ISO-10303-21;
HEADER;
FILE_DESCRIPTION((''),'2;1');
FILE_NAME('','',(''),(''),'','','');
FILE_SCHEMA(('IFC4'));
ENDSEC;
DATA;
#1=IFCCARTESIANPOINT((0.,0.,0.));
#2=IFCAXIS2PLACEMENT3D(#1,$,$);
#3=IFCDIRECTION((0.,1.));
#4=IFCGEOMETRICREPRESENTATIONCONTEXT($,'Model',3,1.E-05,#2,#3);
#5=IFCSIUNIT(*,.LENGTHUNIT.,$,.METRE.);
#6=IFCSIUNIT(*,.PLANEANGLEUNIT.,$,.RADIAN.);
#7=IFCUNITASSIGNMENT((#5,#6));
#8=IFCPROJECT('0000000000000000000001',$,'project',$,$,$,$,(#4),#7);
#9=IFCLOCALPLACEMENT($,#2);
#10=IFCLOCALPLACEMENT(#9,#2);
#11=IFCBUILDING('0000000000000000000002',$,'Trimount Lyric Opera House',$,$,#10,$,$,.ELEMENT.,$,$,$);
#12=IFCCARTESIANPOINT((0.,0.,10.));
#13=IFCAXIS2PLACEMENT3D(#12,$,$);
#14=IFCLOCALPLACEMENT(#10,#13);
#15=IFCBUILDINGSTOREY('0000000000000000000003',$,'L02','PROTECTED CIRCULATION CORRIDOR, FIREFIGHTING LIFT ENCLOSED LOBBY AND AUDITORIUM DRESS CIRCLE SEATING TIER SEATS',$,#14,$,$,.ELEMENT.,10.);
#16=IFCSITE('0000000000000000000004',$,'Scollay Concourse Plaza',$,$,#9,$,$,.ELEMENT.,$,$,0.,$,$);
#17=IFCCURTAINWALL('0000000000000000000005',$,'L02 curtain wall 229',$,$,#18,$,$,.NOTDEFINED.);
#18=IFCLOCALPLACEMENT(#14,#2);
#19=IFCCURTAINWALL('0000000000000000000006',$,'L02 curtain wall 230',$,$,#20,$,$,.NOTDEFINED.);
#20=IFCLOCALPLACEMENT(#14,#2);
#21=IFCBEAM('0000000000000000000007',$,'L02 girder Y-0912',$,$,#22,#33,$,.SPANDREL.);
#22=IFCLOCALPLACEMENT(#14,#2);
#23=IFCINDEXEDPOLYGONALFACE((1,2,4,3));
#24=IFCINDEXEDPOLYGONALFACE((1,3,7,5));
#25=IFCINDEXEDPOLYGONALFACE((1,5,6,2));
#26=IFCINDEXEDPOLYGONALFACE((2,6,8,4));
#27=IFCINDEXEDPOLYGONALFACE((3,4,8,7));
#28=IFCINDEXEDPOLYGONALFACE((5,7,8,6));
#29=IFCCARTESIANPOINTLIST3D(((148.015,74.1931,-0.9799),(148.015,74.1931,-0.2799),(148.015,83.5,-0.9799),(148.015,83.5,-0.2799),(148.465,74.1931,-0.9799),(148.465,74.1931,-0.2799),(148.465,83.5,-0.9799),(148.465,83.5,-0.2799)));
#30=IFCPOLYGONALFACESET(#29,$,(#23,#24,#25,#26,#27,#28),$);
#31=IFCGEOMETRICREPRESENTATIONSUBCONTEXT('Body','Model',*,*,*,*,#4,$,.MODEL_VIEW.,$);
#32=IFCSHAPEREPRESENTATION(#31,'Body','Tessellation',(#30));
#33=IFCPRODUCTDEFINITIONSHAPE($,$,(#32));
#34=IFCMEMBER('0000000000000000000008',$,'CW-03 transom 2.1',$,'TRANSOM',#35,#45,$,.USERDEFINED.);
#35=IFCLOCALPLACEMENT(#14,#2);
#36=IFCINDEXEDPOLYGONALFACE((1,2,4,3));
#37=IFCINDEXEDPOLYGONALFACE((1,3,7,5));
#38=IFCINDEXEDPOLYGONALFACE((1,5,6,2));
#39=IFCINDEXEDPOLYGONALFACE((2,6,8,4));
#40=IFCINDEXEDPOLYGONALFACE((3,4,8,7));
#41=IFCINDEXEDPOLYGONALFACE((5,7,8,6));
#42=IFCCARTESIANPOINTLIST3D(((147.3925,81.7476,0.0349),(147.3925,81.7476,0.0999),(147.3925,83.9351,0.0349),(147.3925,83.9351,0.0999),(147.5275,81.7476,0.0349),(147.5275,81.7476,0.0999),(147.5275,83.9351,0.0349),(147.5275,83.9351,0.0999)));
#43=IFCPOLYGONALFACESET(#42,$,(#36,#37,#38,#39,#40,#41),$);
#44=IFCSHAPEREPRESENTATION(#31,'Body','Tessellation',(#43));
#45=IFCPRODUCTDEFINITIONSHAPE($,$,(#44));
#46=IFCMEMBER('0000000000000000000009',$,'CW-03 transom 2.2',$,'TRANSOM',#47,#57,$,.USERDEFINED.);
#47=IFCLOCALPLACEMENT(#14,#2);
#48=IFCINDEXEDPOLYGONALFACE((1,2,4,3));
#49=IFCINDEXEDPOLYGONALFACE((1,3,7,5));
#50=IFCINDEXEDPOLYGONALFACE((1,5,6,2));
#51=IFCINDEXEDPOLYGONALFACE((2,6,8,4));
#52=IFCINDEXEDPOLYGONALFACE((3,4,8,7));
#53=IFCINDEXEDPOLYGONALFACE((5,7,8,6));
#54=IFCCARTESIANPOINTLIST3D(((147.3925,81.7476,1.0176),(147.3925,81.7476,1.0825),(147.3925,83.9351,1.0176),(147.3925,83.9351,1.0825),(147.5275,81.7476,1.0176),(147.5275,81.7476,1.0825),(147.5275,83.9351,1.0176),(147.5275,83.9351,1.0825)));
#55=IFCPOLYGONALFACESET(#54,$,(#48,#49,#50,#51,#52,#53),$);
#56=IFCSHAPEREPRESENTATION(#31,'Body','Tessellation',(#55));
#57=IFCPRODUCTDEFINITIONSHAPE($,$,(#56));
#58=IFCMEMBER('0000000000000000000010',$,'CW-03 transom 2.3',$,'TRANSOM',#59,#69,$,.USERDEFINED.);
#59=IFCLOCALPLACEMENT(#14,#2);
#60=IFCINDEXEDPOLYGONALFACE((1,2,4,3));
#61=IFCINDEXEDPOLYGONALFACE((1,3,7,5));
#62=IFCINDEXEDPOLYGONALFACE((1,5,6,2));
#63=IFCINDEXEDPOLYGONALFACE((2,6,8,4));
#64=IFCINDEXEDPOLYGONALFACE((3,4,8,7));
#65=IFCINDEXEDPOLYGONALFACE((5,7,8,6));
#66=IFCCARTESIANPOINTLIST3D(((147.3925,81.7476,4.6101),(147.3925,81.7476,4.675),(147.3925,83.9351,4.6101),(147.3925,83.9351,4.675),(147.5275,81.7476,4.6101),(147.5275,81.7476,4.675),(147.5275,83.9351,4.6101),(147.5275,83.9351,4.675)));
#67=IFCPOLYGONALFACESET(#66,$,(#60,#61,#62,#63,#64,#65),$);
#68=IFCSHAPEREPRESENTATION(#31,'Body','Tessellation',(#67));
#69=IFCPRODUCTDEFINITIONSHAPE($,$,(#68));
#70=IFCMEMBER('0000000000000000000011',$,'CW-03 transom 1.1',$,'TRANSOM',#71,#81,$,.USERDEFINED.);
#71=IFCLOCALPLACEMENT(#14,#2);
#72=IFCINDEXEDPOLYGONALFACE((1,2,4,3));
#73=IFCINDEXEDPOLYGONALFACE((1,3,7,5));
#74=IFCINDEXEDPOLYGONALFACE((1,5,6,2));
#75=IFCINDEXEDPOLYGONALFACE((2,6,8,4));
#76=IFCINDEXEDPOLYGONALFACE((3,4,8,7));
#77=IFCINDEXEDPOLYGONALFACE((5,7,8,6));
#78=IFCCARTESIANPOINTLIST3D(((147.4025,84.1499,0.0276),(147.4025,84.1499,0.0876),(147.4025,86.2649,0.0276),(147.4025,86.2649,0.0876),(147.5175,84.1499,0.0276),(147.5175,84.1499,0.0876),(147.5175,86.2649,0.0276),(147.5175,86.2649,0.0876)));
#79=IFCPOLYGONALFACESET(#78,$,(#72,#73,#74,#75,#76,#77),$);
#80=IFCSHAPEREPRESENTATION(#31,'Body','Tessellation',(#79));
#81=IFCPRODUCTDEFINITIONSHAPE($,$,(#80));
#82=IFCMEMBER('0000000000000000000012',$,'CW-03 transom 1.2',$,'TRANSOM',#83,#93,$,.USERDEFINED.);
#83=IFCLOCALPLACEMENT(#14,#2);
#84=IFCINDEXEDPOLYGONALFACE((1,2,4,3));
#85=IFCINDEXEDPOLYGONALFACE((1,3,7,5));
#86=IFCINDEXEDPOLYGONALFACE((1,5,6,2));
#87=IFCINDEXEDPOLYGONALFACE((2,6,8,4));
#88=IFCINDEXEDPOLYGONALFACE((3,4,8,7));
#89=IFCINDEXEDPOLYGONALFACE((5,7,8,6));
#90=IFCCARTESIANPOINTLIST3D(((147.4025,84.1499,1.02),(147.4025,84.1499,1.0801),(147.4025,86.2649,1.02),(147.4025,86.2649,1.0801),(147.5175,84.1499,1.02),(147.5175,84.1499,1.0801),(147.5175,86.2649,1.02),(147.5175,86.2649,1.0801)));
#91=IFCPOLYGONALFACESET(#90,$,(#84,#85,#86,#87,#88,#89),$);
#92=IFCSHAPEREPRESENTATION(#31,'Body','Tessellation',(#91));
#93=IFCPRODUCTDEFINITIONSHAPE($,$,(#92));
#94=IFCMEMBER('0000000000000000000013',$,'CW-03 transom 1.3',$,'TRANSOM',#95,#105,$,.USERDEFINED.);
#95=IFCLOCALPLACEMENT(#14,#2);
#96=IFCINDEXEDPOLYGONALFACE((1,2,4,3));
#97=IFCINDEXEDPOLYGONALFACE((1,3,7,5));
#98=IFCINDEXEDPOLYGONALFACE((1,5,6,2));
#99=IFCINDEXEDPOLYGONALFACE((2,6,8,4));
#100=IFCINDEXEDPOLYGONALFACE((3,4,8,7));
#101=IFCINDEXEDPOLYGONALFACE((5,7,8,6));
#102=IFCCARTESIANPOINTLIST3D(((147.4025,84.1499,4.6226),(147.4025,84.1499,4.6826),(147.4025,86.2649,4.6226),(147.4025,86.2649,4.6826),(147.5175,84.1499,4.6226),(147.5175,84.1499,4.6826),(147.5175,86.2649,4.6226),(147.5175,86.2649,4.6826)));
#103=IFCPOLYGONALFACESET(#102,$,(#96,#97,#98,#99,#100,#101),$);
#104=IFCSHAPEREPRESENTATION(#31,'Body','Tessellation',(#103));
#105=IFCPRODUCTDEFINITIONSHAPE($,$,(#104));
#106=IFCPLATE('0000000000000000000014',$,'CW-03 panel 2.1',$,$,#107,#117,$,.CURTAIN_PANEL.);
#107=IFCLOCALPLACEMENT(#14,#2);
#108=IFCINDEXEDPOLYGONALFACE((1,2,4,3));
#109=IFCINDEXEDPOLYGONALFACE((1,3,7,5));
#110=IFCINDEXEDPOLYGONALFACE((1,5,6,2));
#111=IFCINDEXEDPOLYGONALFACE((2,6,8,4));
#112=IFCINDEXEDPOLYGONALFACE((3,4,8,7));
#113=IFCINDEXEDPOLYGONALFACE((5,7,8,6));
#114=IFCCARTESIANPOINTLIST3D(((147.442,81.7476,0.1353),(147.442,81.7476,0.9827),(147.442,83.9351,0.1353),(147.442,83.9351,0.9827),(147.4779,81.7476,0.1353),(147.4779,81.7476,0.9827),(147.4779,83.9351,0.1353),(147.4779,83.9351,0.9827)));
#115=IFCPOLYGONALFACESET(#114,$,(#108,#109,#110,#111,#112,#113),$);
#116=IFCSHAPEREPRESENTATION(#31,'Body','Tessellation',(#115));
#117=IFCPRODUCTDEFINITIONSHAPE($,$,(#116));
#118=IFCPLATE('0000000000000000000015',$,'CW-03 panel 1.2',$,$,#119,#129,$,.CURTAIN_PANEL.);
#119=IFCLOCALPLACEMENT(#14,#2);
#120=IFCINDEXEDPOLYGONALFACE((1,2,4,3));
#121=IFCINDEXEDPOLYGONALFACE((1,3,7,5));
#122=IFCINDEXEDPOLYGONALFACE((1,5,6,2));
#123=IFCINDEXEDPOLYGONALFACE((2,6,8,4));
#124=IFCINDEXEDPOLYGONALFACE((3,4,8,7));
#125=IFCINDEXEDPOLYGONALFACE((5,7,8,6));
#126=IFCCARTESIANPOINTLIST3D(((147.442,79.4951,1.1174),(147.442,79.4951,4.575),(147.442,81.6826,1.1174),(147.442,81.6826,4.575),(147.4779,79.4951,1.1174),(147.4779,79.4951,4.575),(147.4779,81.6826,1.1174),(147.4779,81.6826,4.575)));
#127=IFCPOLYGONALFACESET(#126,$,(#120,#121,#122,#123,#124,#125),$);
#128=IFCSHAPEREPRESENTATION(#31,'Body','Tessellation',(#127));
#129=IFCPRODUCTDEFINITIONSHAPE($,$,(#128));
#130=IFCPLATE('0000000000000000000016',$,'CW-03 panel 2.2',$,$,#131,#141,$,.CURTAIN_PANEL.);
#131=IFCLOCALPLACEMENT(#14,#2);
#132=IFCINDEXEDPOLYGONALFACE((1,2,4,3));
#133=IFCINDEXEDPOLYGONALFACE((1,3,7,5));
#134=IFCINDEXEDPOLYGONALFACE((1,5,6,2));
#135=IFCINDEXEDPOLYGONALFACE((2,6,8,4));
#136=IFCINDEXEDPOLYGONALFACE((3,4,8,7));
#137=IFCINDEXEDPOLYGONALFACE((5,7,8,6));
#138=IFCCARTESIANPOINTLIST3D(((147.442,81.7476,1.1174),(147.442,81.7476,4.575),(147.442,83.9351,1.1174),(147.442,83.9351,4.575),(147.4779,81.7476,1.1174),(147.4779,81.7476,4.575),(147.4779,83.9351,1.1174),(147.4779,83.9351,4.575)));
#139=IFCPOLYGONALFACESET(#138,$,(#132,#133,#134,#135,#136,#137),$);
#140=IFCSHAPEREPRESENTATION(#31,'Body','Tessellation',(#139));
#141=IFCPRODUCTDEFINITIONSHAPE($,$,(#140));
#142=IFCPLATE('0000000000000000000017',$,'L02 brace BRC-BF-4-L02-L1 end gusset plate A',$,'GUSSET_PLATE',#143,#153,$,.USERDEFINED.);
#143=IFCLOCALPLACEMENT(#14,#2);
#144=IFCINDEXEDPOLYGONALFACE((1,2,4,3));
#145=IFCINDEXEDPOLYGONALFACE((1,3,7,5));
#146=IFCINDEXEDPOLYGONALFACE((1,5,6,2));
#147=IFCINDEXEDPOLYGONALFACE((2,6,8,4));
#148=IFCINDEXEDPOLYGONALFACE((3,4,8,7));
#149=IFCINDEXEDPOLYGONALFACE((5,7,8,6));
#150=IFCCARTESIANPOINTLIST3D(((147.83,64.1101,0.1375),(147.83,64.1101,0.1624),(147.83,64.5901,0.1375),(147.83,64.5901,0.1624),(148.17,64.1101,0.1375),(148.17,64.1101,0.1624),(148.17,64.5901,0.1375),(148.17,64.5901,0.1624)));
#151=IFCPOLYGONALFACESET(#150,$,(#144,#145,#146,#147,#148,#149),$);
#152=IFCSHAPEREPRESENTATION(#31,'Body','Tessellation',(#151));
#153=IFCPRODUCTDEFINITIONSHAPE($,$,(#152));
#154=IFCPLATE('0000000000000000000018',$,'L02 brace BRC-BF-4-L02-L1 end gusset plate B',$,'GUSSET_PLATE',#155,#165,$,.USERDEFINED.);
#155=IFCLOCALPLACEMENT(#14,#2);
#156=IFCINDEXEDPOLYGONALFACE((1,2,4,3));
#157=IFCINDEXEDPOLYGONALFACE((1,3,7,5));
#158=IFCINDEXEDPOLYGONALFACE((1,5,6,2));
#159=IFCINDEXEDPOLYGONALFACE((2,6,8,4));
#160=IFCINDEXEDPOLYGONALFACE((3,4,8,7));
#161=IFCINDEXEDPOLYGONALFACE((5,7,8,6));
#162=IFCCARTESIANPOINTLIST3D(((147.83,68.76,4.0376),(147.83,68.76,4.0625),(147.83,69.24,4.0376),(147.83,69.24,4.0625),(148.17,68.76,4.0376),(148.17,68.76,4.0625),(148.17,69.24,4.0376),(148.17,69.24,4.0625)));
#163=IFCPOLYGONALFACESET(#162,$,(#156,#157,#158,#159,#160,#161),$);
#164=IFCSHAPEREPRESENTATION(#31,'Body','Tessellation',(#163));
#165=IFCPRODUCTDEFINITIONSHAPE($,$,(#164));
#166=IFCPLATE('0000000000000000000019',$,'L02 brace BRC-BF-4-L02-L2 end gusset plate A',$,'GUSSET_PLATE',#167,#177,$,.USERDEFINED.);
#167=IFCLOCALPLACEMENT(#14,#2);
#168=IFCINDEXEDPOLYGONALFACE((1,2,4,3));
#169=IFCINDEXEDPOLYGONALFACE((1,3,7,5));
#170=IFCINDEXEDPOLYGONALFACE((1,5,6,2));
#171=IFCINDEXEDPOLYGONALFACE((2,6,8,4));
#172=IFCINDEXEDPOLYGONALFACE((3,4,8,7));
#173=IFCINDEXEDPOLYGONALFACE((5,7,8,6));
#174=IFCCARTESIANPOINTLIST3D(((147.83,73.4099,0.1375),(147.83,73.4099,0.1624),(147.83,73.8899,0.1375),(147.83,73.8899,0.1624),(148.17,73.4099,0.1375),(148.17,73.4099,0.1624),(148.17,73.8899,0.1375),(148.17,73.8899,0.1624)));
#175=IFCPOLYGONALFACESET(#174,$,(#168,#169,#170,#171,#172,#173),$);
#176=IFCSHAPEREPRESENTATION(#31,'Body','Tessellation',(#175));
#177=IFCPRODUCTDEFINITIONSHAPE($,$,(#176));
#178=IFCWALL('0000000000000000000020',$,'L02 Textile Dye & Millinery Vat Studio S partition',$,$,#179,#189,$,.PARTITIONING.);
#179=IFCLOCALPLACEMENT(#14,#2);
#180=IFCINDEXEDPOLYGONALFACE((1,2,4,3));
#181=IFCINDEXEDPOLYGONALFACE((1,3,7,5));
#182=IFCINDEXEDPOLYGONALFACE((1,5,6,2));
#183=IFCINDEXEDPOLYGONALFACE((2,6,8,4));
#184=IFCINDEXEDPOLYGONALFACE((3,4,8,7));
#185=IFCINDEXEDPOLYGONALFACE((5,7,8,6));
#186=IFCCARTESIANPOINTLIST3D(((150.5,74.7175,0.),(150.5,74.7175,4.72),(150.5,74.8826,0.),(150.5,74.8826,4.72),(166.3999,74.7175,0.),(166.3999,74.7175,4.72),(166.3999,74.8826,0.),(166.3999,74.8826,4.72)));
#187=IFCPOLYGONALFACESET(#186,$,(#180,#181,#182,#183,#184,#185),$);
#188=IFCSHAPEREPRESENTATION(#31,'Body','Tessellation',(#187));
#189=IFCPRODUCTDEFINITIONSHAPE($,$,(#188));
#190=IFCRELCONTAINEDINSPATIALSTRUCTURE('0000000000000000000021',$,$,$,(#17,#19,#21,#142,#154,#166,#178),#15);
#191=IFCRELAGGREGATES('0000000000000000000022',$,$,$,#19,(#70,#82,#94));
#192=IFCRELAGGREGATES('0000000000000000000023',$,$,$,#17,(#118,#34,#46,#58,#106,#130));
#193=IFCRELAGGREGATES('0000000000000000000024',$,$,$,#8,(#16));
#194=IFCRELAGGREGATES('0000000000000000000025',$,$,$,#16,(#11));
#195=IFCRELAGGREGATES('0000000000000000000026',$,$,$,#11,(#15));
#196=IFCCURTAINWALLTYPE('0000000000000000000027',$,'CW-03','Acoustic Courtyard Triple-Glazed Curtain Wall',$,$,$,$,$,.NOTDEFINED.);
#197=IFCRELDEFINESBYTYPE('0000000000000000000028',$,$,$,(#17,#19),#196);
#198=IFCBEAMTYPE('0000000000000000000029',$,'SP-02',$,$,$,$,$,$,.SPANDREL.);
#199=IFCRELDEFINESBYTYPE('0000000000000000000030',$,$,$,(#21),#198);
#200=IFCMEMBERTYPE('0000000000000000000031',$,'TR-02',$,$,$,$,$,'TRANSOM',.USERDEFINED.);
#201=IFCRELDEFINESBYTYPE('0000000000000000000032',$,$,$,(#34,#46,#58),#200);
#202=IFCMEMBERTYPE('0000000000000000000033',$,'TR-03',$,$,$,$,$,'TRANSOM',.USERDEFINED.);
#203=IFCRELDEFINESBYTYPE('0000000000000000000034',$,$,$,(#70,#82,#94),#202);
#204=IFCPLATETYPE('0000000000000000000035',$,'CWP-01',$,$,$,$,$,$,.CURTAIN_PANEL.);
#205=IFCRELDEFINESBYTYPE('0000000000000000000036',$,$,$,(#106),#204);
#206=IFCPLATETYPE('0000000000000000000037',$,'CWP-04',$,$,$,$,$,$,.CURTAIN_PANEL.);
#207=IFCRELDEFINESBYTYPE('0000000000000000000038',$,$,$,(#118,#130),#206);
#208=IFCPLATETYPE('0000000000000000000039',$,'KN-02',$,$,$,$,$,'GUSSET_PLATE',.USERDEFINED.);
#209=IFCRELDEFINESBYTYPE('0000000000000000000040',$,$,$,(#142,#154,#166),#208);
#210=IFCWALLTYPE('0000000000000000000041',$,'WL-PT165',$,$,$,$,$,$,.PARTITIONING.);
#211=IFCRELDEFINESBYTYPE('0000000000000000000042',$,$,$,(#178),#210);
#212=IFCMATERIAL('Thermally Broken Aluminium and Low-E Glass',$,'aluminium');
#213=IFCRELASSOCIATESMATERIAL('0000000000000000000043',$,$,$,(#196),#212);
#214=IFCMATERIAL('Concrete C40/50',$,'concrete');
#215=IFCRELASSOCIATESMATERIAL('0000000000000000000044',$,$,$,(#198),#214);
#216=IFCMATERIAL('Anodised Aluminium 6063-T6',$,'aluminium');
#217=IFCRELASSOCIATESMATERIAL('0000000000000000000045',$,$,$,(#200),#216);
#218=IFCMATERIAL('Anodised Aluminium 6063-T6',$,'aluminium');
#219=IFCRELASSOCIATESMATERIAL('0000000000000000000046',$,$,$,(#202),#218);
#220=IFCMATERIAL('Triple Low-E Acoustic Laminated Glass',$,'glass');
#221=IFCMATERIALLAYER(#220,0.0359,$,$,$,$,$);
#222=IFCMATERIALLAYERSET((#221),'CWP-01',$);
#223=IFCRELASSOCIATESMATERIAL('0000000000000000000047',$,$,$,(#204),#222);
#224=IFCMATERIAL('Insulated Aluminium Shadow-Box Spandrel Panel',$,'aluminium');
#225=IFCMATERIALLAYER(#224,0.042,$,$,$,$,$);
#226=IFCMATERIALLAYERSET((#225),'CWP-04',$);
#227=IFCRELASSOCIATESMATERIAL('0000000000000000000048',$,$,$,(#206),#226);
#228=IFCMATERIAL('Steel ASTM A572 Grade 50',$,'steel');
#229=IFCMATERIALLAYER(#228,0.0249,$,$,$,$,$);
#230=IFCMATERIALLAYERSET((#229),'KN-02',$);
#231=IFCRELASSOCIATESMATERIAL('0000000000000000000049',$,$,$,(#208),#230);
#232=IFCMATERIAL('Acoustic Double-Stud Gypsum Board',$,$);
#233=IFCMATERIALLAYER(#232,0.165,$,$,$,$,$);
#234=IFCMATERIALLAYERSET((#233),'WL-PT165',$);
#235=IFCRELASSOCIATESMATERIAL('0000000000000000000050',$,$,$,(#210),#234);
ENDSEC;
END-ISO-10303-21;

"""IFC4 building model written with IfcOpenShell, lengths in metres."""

from ifc_helpers import new_model, si_unit, direction, frame, frame_2d, origin, origin_2d, place, context, subcontext, project, spatial, rectangle, extrude, material, layer, layer_set, material_profile, profile_set, type_object, element, aggregate, save


model = new_model("IFC4")

# Units and contexts
model_context = context("Model", 3, precision=1e-05, world=origin(), true_north=direction((0.0, 1.0)))
body_context = subcontext(model_context, "Body", "Model", "MODEL_VIEW")
ifc_project = project(units=[si_unit("LENGTHUNIT", "METRE"), si_unit("PLANEANGLEUNIT", "RADIAN")], contexts=[model_context])

# Site, building, storey
site_placement = place(None, origin())
site = spatial("IfcSite", under=ifc_project, at=site_placement, Name="Scollay Concourse Plaza", CompositionType="ELEMENT", RefElevation=0.0)
building_placement = place(site_placement, origin())
building = spatial("IfcBuilding", under=site, at=building_placement, Name="Trimount Lyric Opera House", CompositionType="ELEMENT")
storey_placement = place(building_placement, frame((0.0, 0.0, 10.0)))
storey = spatial("IfcBuildingStorey", under=building, at=storey_placement, Name="L02", Description="PROTECTED CIRCULATION CORRIDOR, FIREFIGHTING LIFT ENCLOSED LOBBY AND AUDITORIUM DRESS CIRCLE SEATING TIER SEATS", CompositionType="ELEMENT", Elevation=10.0)

# Curtain wall
ifc_material_1 = material(Name="Thermally Broken Aluminium and Low-E Glass", Category="aluminium")
curtain_wall_type = type_object("IfcCurtainWallType", Name="CW-03", Description="Acoustic Courtyard Triple-Glazed Curtain Wall", PredefinedType="NOTDEFINED", material=ifc_material_1)
curtain_wall_1_placement = place(storey_placement, origin())
curtain_wall_1 = element("IfcCurtainWall", 1, at=curtain_wall_1_placement, inside=storey, type_object=curtain_wall_type, Name="L02 curtain wall 229", PredefinedType="NOTDEFINED")

# Curtain wall
curtain_wall_2_placement = place(storey_placement, origin())
curtain_wall_2 = element("IfcCurtainWall", 2, at=curtain_wall_2_placement, inside=storey, type_object=curtain_wall_type, Name="L02 curtain wall 230", PredefinedType="NOTDEFINED")

# Beam
ifc_material_2 = material(Name="Concrete C40/50", Category="concrete")
ifc_material_profile_1 = material_profile(ifc_material_2, rectangle(XDim=0.45, YDim=0.7, at=origin_2d()), Name="RC450X700")
ifc_profile_set_1 = profile_set([ifc_material_profile_1], Name="Concrete C40/50")
beam_type_1 = type_object("IfcBeamType", Name="SP-02", PredefinedType="SPANDREL", material=ifc_profile_set_1)
beam_1_placement = place(storey_placement, frame((148.24, 74.1931, -0.6299), z_axis=(0.0, 1.0, 0.0), x_axis=(-1.0, 0.0, 0.0)))
element("IfcBeam", 3, at=beam_1_placement, inside=storey, type_object=beam_type_1, Name="L02 girder Y-0912", PredefinedType="SPANDREL", context=body_context, shape_type="SweptSolid", body=[
    extrude(rectangle(XDim=0.45, YDim=0.7, at=origin_2d()), origin(), (0.0, 0.0, 1.0), 9.3069),
])

# Members
ifc_material_3 = material(Name="Anodised Aluminium 6063-T6", Category="aluminium")
ifc_material_profile_2 = material_profile(ifc_material_3, rectangle(XDim=0.135, YDim=0.0649, at=origin_2d()), Name="ALU-TRAN-65X135")
ifc_profile_set_2 = profile_set([ifc_material_profile_2], Name="Anodised Aluminium 6063-T6")
member_type_1 = type_object("IfcMemberType", Name="TR-02", ElementType="TRANSOM", PredefinedType="USERDEFINED", material=ifc_profile_set_2)
member_1_placement = place(storey_placement, frame((147.46, 81.7476, 0.0674), z_axis=(0.0, 1.0, 0.0), x_axis=(-1.0, 0.0, 0.0)))
member_1 = element("IfcMember", 4, at=member_1_placement, type_object=member_type_1, Name="CW-03 transom 2.1", ObjectType="TRANSOM", PredefinedType="USERDEFINED", context=body_context, shape_type="SweptSolid", body=[
    extrude(rectangle(XDim=0.135, YDim=0.0649, at=origin_2d()), origin(), (0.0, 0.0, 1.0), 2.1875),
])
member_2_placement = place(storey_placement, frame((147.46, 81.7476, 1.05), z_axis=(0.0, 1.0, 0.0), x_axis=(-1.0, 0.0, 0.0)))
member_2 = element("IfcMember", 5, at=member_2_placement, type_object=member_type_1, Name="CW-03 transom 2.2", ObjectType="TRANSOM", PredefinedType="USERDEFINED", context=body_context, shape_type="SweptSolid", body=[
    extrude(rectangle(XDim=0.135, YDim=0.0649, at=origin_2d()), origin(), (0.0, 0.0, 1.0), 2.1875),
])
member_3_placement = place(storey_placement, frame((147.46, 81.7476, 4.6426), z_axis=(0.0, 1.0, 0.0), x_axis=(-1.0, 0.0, 0.0)))
member_3 = element("IfcMember", 6, at=member_3_placement, type_object=member_type_1, Name="CW-03 transom 2.3", ObjectType="TRANSOM", PredefinedType="USERDEFINED", context=body_context, shape_type="SweptSolid", body=[
    extrude(rectangle(XDim=0.135, YDim=0.0649, at=origin_2d()), origin(), (0.0, 0.0, 1.0), 2.1875),
])
ifc_material_4 = material(Name="Anodised Aluminium 6063-T6", Category="aluminium")
ifc_material_profile_3 = material_profile(ifc_material_4, rectangle(XDim=0.115, YDim=0.0601, at=origin_2d()), Name="ALU-TRAN-60X115")
ifc_profile_set_3 = profile_set([ifc_material_profile_3], Name="Anodised Aluminium 6063-T6")
member_type_2 = type_object("IfcMemberType", Name="TR-03", ElementType="TRANSOM", PredefinedType="USERDEFINED", material=ifc_profile_set_3)
member_4_placement = place(storey_placement, frame((147.46, 84.1499, 0.0576), z_axis=(0.0, 1.0, 0.0), x_axis=(-1.0, 0.0, 0.0)))
member_4 = element("IfcMember", 7, at=member_4_placement, type_object=member_type_2, Name="CW-03 transom 1.1", ObjectType="TRANSOM", PredefinedType="USERDEFINED", context=body_context, shape_type="SweptSolid", body=[
    extrude(rectangle(XDim=0.115, YDim=0.0601, at=origin_2d()), origin(), (0.0, 0.0, 1.0), 2.115),
])
member_5_placement = place(storey_placement, frame((147.46, 84.1499, 1.05), z_axis=(0.0, 1.0, 0.0), x_axis=(-1.0, 0.0, 0.0)))
member_5 = element("IfcMember", 8, at=member_5_placement, type_object=member_type_2, Name="CW-03 transom 1.2", ObjectType="TRANSOM", PredefinedType="USERDEFINED", context=body_context, shape_type="SweptSolid", body=[
    extrude(rectangle(XDim=0.115, YDim=0.0601, at=origin_2d()), origin(), (0.0, 0.0, 1.0), 2.115),
])
member_6_placement = place(storey_placement, frame((147.46, 84.1499, 4.6526), z_axis=(0.0, 1.0, 0.0), x_axis=(-1.0, 0.0, 0.0)))
member_6 = element("IfcMember", 9, at=member_6_placement, type_object=member_type_2, Name="CW-03 transom 1.3", ObjectType="TRANSOM", PredefinedType="USERDEFINED", context=body_context, shape_type="SweptSolid", body=[
    extrude(rectangle(XDim=0.115, YDim=0.0601, at=origin_2d()), origin(), (0.0, 0.0, 1.0), 2.115),
])
aggregate(curtain_wall_2, [member_4, member_5, member_6])

# Plates
ifc_material_5 = material(Name="Triple Low-E Acoustic Laminated Glass", Category="glass")
ifc_layer_1 = layer(ifc_material_5, 0.0359)
ifc_layer_set_1 = layer_set([ifc_layer_1], Name="CWP-01")
plate_type_1 = type_object("IfcPlateType", Name="CWP-01", PredefinedType="CURTAIN_PANEL", material=ifc_layer_set_1)
plate_1_placement = place(storey_placement, frame((147.46, 82.8413, 0.1353), z_axis=(0.0, 0.0, 1.0), x_axis=(0.0, 1.0, 0.0)))
plate_1 = element("IfcPlate", 10, at=plate_1_placement, type_object=plate_type_1, Name="CW-03 panel 2.1", PredefinedType="CURTAIN_PANEL", context=body_context, shape_type="SweptSolid", body=[
    extrude(rectangle(XDim=2.1875, YDim=0.0359, at=origin_2d()), origin(), (0.0, 0.0, 1.0), 0.8474),
])
ifc_material_6 = material(Name="Insulated Aluminium Shadow-Box Spandrel Panel", Category="aluminium")
ifc_layer_2 = layer(ifc_material_6, 0.042)
ifc_layer_set_2 = layer_set([ifc_layer_2], Name="CWP-04")
plate_type_2 = type_object("IfcPlateType", Name="CWP-04", PredefinedType="CURTAIN_PANEL", material=ifc_layer_set_2)
plate_2_placement = place(storey_placement, frame((147.46, 80.5889, 1.1174), z_axis=(0.0, 0.0, 1.0), x_axis=(0.0, 1.0, 0.0)))
plate_2 = element("IfcPlate", 11, at=plate_2_placement, type_object=plate_type_2, Name="CW-03 panel 1.2", PredefinedType="CURTAIN_PANEL", context=body_context, shape_type="SweptSolid", body=[
    extrude(rectangle(XDim=2.1875, YDim=0.0359, at=origin_2d()), origin(), (0.0, 0.0, 1.0), 3.4575),
])
plate_3_placement = place(storey_placement, frame((147.46, 82.8413, 1.1174), z_axis=(0.0, 0.0, 1.0), x_axis=(0.0, 1.0, 0.0)))
plate_3 = element("IfcPlate", 12, at=plate_3_placement, type_object=plate_type_2, Name="CW-03 panel 2.2", PredefinedType="CURTAIN_PANEL", context=body_context, shape_type="SweptSolid", body=[
    extrude(rectangle(XDim=2.1875, YDim=0.0359, at=origin_2d()), origin(), (0.0, 0.0, 1.0), 3.4575),
])
aggregate(curtain_wall_1, [plate_2, member_1, member_2, member_3, plate_1, plate_3])

# Plates
ifc_material_7 = material(Name="Steel ASTM A572 Grade 50", Category="steel")
ifc_layer_3 = layer(ifc_material_7, 0.0249)
ifc_layer_set_3 = layer_set([ifc_layer_3], Name="KN-02")
plate_type_3 = type_object("IfcPlateType", Name="KN-02", ElementType="GUSSET_PLATE", PredefinedType="USERDEFINED", material=ifc_layer_set_3)
for number, where, z_axis, x_axis, name in (
    (13, (148.0, 64.3501, 0.1375), (0.0, 0.0, 1.0), (0.0, 1.0, 0.0), "L02 brace BRC-BF-4-L02-L1 end gusset plate A"),
    (14, (148.0, 69.0, 4.0376), (0.0, 0.0, 1.0), (0.0, 1.0, 0.0), "L02 brace BRC-BF-4-L02-L1 end gusset plate B"),
    (15, (148.0, 73.6499, 0.1375), (0.0, 0.0, 1.0), (0.0, -1.0, 0.0), "L02 brace BRC-BF-4-L02-L2 end gusset plate A"),
):
    element("IfcPlate", number, at=place(storey_placement, frame(where, z_axis=z_axis, x_axis=x_axis)), inside=storey, type_object=plate_type_3, Name=name, ObjectType="GUSSET_PLATE", PredefinedType="USERDEFINED", context=body_context, shape_type="SweptSolid", body=[
        extrude(rectangle(XDim=0.48, YDim=0.3401, at=origin_2d()), origin(), (0.0, 0.0, 1.0), 0.0249),
    ])

# Wall
ifc_material_8 = material(Name="Acoustic Double-Stud Gypsum Board")
ifc_layer_4 = layer(ifc_material_8, 0.165)
ifc_layer_set_4 = layer_set([ifc_layer_4], Name="WL-PT165")
wall_type = type_object("IfcWallType", Name="WL-PT165", PredefinedType="PARTITIONING", material=ifc_layer_set_4)
wall_placement = place(storey_placement, frame((150.5, 74.8, 0.0), z_axis=(0.0, 0.0, 1.0), x_axis=(1.0, 0.0, 0.0)))
element("IfcWall", 16, at=wall_placement, inside=storey, type_object=wall_type, Name="L02 Textile Dye & Millinery Vat Studio S partition", PredefinedType="PARTITIONING", context=body_context, shape_type="SweptSolid", body=[
    extrude(rectangle(XDim=15.8999, YDim=0.165, at=frame_2d((7.95, 0.0))), origin(), (0.0, 0.0, 1.0), 4.72),
])

save(model, "model.ifc")
